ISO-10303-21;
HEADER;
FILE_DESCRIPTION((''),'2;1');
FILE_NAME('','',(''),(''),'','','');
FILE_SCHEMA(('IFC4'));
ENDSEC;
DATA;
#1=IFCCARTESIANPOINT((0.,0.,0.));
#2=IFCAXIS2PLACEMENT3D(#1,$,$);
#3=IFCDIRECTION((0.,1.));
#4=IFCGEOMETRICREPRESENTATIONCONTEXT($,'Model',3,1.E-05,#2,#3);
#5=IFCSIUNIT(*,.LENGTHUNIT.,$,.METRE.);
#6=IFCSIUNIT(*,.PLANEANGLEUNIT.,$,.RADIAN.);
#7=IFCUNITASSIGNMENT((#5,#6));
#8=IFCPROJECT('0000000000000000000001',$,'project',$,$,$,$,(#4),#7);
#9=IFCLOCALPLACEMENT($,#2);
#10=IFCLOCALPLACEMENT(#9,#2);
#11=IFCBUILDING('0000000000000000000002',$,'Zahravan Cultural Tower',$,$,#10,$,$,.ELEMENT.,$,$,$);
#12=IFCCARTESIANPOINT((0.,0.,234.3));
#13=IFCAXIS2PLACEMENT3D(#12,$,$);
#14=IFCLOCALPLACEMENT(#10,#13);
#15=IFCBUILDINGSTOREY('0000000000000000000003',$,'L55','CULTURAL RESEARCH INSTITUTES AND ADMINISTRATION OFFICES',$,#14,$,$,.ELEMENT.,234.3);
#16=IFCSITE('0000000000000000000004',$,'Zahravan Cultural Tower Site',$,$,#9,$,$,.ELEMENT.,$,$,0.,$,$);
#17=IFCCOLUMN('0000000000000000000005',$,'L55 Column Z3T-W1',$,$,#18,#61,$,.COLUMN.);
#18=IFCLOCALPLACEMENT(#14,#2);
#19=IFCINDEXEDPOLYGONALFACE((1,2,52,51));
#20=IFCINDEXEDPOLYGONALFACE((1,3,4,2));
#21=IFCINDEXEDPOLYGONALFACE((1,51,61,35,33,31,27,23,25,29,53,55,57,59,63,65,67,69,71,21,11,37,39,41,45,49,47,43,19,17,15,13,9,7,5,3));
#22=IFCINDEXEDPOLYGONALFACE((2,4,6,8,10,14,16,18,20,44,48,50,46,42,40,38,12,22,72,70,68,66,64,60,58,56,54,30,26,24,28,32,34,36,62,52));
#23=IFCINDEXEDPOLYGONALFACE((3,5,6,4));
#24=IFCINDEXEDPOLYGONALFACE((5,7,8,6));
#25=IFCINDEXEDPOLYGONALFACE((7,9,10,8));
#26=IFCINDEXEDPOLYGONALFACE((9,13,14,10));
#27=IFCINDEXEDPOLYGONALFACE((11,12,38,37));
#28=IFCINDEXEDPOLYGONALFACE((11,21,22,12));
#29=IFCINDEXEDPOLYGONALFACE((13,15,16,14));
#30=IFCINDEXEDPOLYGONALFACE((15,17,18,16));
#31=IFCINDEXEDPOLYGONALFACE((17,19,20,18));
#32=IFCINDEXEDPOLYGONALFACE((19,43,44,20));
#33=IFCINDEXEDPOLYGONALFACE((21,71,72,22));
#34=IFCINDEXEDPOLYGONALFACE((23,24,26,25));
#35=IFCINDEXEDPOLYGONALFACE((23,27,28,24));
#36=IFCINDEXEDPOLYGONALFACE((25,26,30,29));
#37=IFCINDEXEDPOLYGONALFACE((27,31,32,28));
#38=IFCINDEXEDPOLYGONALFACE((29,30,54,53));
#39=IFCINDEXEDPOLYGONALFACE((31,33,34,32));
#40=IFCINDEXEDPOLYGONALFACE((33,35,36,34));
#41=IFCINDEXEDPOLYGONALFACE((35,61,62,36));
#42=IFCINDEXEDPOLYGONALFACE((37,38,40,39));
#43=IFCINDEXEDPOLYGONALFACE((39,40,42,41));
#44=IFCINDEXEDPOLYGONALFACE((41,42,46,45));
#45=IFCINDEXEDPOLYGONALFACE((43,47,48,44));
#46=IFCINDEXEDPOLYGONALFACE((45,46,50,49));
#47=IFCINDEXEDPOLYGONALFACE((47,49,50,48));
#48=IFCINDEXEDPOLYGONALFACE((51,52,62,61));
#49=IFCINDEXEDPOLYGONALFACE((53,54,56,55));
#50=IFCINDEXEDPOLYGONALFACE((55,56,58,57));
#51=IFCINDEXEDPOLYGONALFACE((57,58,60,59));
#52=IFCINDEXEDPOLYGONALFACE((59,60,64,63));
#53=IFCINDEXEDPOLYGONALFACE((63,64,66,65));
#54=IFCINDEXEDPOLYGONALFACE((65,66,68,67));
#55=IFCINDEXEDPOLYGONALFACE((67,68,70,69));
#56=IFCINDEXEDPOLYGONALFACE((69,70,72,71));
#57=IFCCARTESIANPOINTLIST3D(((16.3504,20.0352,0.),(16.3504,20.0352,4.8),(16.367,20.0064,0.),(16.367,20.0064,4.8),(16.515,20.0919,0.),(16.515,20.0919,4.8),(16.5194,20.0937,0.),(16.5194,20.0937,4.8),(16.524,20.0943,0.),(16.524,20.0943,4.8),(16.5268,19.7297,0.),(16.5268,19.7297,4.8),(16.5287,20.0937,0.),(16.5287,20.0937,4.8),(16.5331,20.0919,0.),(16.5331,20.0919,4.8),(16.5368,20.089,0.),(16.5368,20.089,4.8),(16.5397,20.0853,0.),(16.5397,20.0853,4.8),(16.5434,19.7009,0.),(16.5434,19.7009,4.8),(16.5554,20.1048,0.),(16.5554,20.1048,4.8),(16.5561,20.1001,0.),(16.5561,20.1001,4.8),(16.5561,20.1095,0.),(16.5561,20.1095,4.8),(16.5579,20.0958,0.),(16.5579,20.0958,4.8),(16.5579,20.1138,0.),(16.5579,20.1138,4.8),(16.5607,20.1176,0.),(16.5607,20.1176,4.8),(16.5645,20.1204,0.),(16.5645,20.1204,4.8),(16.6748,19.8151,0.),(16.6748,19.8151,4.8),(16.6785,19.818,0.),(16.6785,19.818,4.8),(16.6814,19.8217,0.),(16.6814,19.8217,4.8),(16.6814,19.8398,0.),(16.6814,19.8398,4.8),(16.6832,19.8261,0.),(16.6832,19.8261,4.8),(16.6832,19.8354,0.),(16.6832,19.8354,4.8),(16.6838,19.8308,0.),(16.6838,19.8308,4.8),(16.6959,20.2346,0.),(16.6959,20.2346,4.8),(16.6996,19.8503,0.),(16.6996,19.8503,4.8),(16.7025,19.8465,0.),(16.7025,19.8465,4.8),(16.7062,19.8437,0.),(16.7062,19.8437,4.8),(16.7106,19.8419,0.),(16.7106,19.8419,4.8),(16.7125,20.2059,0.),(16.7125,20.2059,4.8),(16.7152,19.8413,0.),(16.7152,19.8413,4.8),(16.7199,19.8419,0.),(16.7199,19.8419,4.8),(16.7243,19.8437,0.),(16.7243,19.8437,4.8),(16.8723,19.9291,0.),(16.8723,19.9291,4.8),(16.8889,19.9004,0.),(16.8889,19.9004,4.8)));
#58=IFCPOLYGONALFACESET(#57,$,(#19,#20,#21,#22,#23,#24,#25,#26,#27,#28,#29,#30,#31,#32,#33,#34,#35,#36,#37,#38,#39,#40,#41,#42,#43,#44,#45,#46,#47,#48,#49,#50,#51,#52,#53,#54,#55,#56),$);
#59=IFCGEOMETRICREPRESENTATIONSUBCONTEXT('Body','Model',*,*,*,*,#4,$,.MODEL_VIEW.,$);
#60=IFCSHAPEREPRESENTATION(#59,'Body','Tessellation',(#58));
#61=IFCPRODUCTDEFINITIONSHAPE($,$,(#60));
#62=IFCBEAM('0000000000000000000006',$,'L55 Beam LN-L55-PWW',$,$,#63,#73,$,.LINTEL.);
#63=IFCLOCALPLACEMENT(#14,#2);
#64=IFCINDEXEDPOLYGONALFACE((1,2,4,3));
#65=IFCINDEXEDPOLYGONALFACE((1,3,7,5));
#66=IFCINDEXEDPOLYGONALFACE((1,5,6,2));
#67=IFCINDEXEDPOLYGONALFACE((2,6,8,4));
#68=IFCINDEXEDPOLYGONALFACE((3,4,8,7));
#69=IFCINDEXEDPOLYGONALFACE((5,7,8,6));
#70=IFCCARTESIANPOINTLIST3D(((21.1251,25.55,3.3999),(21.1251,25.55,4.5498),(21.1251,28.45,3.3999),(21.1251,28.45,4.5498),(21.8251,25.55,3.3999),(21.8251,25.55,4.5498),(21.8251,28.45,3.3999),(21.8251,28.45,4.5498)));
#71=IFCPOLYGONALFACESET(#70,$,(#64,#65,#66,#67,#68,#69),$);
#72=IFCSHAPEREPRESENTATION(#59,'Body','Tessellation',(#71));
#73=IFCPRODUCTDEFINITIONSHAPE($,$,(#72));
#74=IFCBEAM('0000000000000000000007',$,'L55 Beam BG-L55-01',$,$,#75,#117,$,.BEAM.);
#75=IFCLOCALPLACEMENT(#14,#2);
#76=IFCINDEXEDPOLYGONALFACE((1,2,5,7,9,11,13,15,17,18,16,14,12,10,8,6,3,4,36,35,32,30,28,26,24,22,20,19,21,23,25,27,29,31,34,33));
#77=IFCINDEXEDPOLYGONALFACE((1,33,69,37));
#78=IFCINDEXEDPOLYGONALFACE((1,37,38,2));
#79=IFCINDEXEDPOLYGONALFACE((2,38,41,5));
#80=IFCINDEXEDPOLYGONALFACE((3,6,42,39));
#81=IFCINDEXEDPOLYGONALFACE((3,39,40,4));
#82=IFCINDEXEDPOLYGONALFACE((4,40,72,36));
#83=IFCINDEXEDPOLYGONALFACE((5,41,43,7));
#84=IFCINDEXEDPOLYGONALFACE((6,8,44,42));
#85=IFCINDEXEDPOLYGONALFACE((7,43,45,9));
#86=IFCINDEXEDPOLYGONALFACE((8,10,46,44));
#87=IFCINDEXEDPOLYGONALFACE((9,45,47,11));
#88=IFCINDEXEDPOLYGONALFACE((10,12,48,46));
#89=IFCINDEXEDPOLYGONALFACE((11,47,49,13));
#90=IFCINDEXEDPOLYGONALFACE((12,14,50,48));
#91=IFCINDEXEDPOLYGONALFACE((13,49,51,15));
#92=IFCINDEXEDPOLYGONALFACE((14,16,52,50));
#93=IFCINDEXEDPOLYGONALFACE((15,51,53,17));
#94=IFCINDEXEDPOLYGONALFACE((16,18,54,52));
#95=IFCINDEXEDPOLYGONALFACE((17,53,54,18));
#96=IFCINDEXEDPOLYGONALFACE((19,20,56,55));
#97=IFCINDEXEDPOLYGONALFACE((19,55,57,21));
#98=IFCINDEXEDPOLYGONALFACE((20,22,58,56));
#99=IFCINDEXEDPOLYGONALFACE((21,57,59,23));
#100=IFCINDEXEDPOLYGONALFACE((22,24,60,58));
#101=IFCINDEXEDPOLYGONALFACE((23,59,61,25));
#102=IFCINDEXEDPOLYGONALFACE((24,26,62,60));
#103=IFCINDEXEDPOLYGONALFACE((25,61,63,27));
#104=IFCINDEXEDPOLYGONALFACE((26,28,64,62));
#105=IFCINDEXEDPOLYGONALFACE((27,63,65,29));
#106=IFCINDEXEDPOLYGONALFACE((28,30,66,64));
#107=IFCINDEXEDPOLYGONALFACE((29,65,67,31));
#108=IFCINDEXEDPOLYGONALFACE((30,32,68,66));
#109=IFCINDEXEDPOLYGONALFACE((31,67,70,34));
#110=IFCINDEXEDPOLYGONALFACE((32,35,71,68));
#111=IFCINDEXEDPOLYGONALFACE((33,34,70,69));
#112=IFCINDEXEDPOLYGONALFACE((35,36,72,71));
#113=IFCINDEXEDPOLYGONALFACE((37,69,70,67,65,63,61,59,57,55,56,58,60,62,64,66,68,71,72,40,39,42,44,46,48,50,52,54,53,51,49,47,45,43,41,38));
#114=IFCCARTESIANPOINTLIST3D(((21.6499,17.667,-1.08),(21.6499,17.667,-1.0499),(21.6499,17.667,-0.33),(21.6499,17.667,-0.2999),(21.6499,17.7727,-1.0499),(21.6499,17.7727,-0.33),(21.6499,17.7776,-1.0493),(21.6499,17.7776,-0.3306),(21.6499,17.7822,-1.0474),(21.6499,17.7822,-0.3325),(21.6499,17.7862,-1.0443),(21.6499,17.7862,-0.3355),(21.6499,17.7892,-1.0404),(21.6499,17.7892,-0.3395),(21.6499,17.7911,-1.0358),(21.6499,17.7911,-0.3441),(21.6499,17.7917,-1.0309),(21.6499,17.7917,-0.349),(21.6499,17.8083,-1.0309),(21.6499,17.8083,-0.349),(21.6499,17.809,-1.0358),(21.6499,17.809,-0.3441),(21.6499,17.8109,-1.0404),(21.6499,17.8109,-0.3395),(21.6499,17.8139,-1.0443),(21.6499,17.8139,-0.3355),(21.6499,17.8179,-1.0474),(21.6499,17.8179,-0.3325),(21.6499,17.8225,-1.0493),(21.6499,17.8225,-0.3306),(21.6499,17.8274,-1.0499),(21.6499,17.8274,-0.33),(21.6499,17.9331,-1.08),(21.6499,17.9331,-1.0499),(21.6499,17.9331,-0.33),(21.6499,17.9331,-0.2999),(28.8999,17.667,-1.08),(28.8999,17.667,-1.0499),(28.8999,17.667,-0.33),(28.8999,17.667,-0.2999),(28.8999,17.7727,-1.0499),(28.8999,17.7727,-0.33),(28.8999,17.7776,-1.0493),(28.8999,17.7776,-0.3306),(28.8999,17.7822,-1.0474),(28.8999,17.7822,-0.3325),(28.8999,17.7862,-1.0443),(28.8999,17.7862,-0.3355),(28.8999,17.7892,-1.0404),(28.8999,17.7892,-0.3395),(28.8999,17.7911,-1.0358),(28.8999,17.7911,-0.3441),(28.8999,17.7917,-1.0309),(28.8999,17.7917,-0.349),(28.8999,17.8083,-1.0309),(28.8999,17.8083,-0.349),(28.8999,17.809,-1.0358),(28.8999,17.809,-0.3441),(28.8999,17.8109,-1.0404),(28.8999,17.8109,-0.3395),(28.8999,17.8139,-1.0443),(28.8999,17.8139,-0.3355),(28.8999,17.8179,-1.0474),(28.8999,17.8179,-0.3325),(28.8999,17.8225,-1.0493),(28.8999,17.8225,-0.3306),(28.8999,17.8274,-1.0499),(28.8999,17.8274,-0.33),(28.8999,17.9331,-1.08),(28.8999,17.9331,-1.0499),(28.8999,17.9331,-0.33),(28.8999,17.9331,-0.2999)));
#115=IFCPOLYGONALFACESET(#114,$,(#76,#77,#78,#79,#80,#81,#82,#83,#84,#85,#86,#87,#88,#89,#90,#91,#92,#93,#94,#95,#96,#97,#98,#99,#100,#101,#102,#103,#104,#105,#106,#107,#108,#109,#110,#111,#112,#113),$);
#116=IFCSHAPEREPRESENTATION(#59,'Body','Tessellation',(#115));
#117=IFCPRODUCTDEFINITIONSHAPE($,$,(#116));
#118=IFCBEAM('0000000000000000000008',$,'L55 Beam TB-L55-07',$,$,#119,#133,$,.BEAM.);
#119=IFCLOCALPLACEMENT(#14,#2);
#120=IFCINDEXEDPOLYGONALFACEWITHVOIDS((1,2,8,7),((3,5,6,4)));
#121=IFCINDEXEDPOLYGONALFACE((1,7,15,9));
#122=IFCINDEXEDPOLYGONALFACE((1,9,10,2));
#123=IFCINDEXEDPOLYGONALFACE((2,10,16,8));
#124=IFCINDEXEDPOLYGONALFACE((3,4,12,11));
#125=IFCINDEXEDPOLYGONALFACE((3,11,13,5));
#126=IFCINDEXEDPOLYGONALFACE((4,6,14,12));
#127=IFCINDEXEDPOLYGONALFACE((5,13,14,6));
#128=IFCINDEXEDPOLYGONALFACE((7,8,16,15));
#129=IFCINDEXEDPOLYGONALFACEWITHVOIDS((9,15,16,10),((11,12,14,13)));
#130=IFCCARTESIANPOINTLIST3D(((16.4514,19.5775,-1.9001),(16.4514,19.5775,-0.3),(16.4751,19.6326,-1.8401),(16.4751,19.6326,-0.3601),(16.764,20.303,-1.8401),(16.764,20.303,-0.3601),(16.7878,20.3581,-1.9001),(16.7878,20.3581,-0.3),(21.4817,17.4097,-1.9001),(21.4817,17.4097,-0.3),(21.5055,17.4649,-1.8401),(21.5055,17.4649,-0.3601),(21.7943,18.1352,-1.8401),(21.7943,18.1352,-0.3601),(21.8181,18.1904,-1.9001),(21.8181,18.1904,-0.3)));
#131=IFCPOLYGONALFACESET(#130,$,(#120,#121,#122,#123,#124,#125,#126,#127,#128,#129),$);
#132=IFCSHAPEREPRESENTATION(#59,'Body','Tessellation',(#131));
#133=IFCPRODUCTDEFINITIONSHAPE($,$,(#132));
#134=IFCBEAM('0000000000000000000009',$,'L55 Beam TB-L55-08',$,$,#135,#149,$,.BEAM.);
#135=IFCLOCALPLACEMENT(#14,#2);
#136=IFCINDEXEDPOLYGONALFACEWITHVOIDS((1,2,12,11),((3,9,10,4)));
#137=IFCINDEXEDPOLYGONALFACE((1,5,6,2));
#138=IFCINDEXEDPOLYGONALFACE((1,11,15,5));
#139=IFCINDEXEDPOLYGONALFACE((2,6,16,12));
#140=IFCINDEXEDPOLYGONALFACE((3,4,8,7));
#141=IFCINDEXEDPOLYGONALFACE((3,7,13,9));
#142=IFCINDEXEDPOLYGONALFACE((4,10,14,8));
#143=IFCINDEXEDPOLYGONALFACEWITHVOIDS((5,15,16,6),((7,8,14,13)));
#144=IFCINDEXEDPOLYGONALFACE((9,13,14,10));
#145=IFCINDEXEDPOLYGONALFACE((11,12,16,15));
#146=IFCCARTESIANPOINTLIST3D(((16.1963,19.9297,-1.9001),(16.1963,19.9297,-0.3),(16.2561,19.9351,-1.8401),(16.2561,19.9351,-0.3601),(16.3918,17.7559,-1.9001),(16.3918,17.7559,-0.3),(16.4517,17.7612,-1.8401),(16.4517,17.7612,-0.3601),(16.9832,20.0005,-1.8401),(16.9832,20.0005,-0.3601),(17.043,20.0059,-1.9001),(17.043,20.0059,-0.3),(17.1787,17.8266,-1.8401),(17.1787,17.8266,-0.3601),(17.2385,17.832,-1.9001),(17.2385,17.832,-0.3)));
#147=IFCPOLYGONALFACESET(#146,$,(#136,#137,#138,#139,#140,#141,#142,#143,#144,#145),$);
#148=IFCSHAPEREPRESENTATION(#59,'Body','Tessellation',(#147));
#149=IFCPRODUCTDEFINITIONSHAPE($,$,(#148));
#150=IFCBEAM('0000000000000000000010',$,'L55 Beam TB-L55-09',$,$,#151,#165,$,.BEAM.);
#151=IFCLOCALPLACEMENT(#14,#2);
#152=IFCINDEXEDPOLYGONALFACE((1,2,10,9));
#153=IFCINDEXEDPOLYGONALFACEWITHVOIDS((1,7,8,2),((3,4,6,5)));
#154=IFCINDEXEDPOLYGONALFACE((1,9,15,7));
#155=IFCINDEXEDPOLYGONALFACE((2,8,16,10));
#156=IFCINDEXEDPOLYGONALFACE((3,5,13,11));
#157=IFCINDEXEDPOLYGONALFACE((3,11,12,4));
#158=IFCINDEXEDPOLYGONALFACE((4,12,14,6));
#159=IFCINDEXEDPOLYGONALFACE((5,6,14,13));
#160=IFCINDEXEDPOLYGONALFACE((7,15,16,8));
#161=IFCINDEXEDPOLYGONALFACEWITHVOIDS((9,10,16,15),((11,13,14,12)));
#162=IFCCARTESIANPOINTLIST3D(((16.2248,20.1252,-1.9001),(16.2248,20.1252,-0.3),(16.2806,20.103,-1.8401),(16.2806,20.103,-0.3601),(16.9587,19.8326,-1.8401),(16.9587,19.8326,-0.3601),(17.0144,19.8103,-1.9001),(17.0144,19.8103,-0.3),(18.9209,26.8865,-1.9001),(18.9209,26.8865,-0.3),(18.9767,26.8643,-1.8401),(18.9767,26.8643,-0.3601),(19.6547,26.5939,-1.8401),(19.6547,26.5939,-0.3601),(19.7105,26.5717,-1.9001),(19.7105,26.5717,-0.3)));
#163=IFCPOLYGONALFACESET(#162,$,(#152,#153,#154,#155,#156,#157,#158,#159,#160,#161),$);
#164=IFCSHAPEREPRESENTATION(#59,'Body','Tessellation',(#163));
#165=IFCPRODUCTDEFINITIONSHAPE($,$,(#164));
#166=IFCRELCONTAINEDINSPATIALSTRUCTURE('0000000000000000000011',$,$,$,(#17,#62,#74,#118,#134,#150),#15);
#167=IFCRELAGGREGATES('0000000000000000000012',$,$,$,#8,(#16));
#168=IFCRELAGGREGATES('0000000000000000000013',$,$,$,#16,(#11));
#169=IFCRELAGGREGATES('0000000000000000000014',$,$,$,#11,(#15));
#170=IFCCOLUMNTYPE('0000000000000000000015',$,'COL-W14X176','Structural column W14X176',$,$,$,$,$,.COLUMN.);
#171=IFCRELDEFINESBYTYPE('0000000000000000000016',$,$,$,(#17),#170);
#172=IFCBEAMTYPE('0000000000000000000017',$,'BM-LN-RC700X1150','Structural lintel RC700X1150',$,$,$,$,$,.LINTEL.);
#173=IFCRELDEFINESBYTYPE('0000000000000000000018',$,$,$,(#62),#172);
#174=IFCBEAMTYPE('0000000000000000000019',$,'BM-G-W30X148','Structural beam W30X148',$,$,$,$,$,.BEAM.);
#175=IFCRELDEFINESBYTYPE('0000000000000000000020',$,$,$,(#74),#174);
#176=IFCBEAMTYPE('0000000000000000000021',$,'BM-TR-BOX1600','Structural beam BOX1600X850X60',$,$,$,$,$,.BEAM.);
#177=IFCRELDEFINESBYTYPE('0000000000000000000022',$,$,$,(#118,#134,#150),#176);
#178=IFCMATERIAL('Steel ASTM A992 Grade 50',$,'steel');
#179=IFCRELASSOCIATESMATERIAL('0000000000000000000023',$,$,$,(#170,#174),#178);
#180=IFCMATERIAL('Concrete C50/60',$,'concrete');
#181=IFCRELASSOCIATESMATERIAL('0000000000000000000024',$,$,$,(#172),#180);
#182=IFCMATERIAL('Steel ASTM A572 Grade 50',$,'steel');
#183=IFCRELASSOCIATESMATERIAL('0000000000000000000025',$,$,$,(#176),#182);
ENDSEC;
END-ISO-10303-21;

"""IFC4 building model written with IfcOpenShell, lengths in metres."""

from ifc_helpers import new_model, si_unit, direction, frame, origin, origin_2d, place, context, subcontext, project, spatial, rectangle, hollow_rectangle, i_section, extrude, source, transform, mapped, material, material_profile, profile_set, type_object, element, save


model = new_model("IFC4")

# Units and contexts
model_context = context("Model", 3, precision=1e-05, world=origin(), true_north=direction((0.0, 1.0)))
body_context = subcontext(model_context, "Body", "Model", "MODEL_VIEW")
ifc_project = project(units=[si_unit("LENGTHUNIT", "METRE"), si_unit("PLANEANGLEUNIT", "RADIAN")], contexts=[model_context])

# Site, building, storey
site_placement = place(None, origin())
site = spatial("IfcSite", under=ifc_project, at=site_placement, Name="Zahravan Cultural Tower Site", CompositionType="ELEMENT", RefElevation=0.0)
building_placement = place(site_placement, origin())
building = spatial("IfcBuilding", under=site, at=building_placement, Name="Zahravan Cultural Tower", CompositionType="ELEMENT")
storey_placement = place(building_placement, frame((0.0, 0.0, 234.3)))
storey = spatial("IfcBuildingStorey", under=building, at=storey_placement, Name="L55", Description="CULTURAL RESEARCH INSTITUTES AND ADMINISTRATION OFFICES", CompositionType="ELEMENT", Elevation=234.3)

# Column
ifc_material_1 = material(Name="Steel ASTM A992 Grade 50", Category="steel")
ifc_material_profile_1 = material_profile(ifc_material_1, i_section(OverallWidth=0.3989, OverallDepth=0.386, WebThickness=0.021, FlangeThickness=0.0332, FilletRadius=0.0181, at=origin_2d()), Name="W14X176")
ifc_profile_set_1 = profile_set([ifc_material_profile_1], Name="Steel ASTM A992 Grade 50")
column_type = type_object("IfcColumnType", Name="COL-W14X176", Description="Structural column W14X176", PredefinedType="COLUMN", material=ifc_profile_set_1)
shared_shape_1 = source(origin(), body_context, "Body", "SweptSolid", [
    extrude(i_section(OverallWidth=0.3989, OverallDepth=0.386, WebThickness=0.021, FlangeThickness=0.0332, FilletRadius=0.0181, at=origin_2d()), origin(), (0.0, 0.0, 1.0), 4.8),
])
column_placement = place(storey_placement, frame((16.6196, 19.9678, 0.0), z_axis=(0.0, 0.0, 1.0), x_axis=(0.866025, 0.5, 0.0)))
element("IfcColumn", 1, at=column_placement, inside=storey, type_object=column_type, Name="L55 Column Z3T-W1", PredefinedType="COLUMN", context=body_context, shape_type="MappedRepresentation", body=[
    mapped(shared_shape_1, transform((0.0, 0.0, 0.0), x_axis=(1.0, 0.0, 0.0), y_axis=(0.0, 1.0, 0.0), z_axis=(0.0, 0.0, 1.0), scale=1.0)),
])

# Beams
ifc_material_2 = material(Name="Concrete C50/60", Category="concrete")
ifc_material_profile_2 = material_profile(ifc_material_2, rectangle(XDim=0.7, YDim=1.1499, at=origin_2d()), Name="RC700X1150")
ifc_profile_set_2 = profile_set([ifc_material_profile_2], Name="Concrete C50/60")
beam_type_1 = type_object("IfcBeamType", Name="BM-LN-RC700X1150", Description="Structural lintel RC700X1150", PredefinedType="LINTEL", material=ifc_profile_set_2)
shared_shape_2 = source(origin(), body_context, "Body", "SweptSolid", [
    extrude(rectangle(XDim=0.7, YDim=1.1499, at=origin_2d()), origin(), (0.0, 0.0, 1.0), 2.8999),
])
beam_1_placement = place(storey_placement, frame((21.4751, 25.55, 3.9749), z_axis=(0.0, 1.0, 0.0), x_axis=(-1.0, 0.0, 0.0)))
element("IfcBeam", 2, at=beam_1_placement, inside=storey, type_object=beam_type_1, Name="L55 Beam LN-L55-PWW", PredefinedType="LINTEL", context=body_context, shape_type="MappedRepresentation", body=[
    mapped(shared_shape_2, transform((0.0, 0.0, 0.0), x_axis=(1.0, 0.0, 0.0), y_axis=(0.0, 1.0, 0.0), z_axis=(0.0, 0.0, 1.0), scale=1.0)),
])
ifc_material_profile_3 = material_profile(ifc_material_1, i_section(OverallWidth=0.2661, OverallDepth=0.78, WebThickness=0.0166, FlangeThickness=0.03, FilletRadius=0.019, at=origin_2d()), Name="W30X148")
ifc_profile_set_3 = profile_set([ifc_material_profile_3], Name="Steel ASTM A992 Grade 50")
beam_type_2 = type_object("IfcBeamType", Name="BM-G-W30X148", Description="Structural beam W30X148", PredefinedType="BEAM", material=ifc_profile_set_3)
shared_shape_3 = source(origin(), body_context, "Body", "SweptSolid", [
    extrude(i_section(OverallWidth=0.2661, OverallDepth=0.78, WebThickness=0.0166, FlangeThickness=0.03, FilletRadius=0.019, at=origin_2d()), origin(), (0.0, 0.0, 1.0), 7.25),
])
beam_2_placement = place(storey_placement, frame((21.6499, 17.8, -0.6899), z_axis=(1.0, 0.0, 0.0), x_axis=(0.0, 1.0, 0.0)))
element("IfcBeam", 3, at=beam_2_placement, inside=storey, type_object=beam_type_2, Name="L55 Beam BG-L55-01", PredefinedType="BEAM", context=body_context, shape_type="MappedRepresentation", body=[
    mapped(shared_shape_3, transform((0.0, 0.0, 0.0), x_axis=(1.0, 0.0, 0.0), y_axis=(0.0, 1.0, 0.0), z_axis=(0.0, 0.0, 1.0), scale=1.0)),
])
ifc_material_3 = material(Name="Steel ASTM A572 Grade 50", Category="steel")
ifc_material_profile_4 = material_profile(ifc_material_3, hollow_rectangle(XDim=0.8501, YDim=1.6001, WallThickness=0.0601, at=origin_2d()), Name="BOX1600X850X60")
ifc_profile_set_4 = profile_set([ifc_material_profile_4], Name="Steel ASTM A572 Grade 50")
beam_type_3 = type_object("IfcBeamType", Name="BM-TR-BOX1600", Description="Structural beam BOX1600X850X60", PredefinedType="BEAM", material=ifc_profile_set_4)
shared_shape_4 = source(origin(), body_context, "Body", "SweptSolid", [
    extrude(hollow_rectangle(XDim=0.8501, YDim=1.6001, WallThickness=0.0601, at=origin_2d()), origin(), (0.0, 0.0, 1.0), 5.4775),
])
beam_3_placement = place(storey_placement, frame((21.6499, 17.8, -1.1001), z_axis=(-0.918357, 0.395753, 0.0), x_axis=(-0.395753, -0.918357, 0.0)))
element("IfcBeam", 4, at=beam_3_placement, inside=storey, type_object=beam_type_3, Name="L55 Beam TB-L55-07", PredefinedType="BEAM", context=body_context, shape_type="MappedRepresentation", body=[
    mapped(shared_shape_4, transform((0.0, 0.0, 0.0), x_axis=(1.0, 0.0, 0.0), y_axis=(0.0, 1.0, 0.0), z_axis=(0.0, 0.0, 1.0), scale=1.0)),
])
shared_shape_5 = source(origin(), body_context, "Body", "SweptSolid", [
    extrude(hollow_rectangle(XDim=0.8501, YDim=1.6001, WallThickness=0.0601, at=origin_2d()), origin(), (0.0, 0.0, 1.0), 2.1826),
])
beam_4_placement = place(storey_placement, frame((16.6196, 19.9678, -1.1001), z_axis=(0.089598, -0.995978, 0.0), x_axis=(0.995978, 0.089598, 0.0)))
element("IfcBeam", 5, at=beam_4_placement, inside=storey, type_object=beam_type_3, Name="L55 Beam TB-L55-08", PredefinedType="BEAM", context=body_context, shape_type="MappedRepresentation", body=[
    mapped(shared_shape_5, transform((0.0, 0.0, 0.0), x_axis=(1.0, 0.0, 0.0), y_axis=(0.0, 1.0, 0.0), z_axis=(0.0, 0.0, 1.0), scale=1.0)),
])
shared_shape_6 = source(origin(), body_context, "Body", "SweptSolid", [
    extrude(hollow_rectangle(XDim=0.8501, YDim=1.6001, WallThickness=0.0601, at=origin_2d()), origin(), (0.0, 0.0, 1.0), 7.2791),
])
beam_5_placement = place(storey_placement, frame((16.6196, 19.9678, -1.1001), z_axis=(0.37039, 0.928876, 0.0), x_axis=(-0.928876, 0.37039, 0.0)))
element("IfcBeam", 6, at=beam_5_placement, inside=storey, type_object=beam_type_3, Name="L55 Beam TB-L55-09", PredefinedType="BEAM", context=body_context, shape_type="MappedRepresentation", body=[
    mapped(shared_shape_6, transform((0.0, 0.0, 0.0), x_axis=(1.0, 0.0, 0.0), y_axis=(0.0, 1.0, 0.0), z_axis=(0.0, 0.0, 1.0), scale=1.0)),
])

save(model, "model.ifc")
